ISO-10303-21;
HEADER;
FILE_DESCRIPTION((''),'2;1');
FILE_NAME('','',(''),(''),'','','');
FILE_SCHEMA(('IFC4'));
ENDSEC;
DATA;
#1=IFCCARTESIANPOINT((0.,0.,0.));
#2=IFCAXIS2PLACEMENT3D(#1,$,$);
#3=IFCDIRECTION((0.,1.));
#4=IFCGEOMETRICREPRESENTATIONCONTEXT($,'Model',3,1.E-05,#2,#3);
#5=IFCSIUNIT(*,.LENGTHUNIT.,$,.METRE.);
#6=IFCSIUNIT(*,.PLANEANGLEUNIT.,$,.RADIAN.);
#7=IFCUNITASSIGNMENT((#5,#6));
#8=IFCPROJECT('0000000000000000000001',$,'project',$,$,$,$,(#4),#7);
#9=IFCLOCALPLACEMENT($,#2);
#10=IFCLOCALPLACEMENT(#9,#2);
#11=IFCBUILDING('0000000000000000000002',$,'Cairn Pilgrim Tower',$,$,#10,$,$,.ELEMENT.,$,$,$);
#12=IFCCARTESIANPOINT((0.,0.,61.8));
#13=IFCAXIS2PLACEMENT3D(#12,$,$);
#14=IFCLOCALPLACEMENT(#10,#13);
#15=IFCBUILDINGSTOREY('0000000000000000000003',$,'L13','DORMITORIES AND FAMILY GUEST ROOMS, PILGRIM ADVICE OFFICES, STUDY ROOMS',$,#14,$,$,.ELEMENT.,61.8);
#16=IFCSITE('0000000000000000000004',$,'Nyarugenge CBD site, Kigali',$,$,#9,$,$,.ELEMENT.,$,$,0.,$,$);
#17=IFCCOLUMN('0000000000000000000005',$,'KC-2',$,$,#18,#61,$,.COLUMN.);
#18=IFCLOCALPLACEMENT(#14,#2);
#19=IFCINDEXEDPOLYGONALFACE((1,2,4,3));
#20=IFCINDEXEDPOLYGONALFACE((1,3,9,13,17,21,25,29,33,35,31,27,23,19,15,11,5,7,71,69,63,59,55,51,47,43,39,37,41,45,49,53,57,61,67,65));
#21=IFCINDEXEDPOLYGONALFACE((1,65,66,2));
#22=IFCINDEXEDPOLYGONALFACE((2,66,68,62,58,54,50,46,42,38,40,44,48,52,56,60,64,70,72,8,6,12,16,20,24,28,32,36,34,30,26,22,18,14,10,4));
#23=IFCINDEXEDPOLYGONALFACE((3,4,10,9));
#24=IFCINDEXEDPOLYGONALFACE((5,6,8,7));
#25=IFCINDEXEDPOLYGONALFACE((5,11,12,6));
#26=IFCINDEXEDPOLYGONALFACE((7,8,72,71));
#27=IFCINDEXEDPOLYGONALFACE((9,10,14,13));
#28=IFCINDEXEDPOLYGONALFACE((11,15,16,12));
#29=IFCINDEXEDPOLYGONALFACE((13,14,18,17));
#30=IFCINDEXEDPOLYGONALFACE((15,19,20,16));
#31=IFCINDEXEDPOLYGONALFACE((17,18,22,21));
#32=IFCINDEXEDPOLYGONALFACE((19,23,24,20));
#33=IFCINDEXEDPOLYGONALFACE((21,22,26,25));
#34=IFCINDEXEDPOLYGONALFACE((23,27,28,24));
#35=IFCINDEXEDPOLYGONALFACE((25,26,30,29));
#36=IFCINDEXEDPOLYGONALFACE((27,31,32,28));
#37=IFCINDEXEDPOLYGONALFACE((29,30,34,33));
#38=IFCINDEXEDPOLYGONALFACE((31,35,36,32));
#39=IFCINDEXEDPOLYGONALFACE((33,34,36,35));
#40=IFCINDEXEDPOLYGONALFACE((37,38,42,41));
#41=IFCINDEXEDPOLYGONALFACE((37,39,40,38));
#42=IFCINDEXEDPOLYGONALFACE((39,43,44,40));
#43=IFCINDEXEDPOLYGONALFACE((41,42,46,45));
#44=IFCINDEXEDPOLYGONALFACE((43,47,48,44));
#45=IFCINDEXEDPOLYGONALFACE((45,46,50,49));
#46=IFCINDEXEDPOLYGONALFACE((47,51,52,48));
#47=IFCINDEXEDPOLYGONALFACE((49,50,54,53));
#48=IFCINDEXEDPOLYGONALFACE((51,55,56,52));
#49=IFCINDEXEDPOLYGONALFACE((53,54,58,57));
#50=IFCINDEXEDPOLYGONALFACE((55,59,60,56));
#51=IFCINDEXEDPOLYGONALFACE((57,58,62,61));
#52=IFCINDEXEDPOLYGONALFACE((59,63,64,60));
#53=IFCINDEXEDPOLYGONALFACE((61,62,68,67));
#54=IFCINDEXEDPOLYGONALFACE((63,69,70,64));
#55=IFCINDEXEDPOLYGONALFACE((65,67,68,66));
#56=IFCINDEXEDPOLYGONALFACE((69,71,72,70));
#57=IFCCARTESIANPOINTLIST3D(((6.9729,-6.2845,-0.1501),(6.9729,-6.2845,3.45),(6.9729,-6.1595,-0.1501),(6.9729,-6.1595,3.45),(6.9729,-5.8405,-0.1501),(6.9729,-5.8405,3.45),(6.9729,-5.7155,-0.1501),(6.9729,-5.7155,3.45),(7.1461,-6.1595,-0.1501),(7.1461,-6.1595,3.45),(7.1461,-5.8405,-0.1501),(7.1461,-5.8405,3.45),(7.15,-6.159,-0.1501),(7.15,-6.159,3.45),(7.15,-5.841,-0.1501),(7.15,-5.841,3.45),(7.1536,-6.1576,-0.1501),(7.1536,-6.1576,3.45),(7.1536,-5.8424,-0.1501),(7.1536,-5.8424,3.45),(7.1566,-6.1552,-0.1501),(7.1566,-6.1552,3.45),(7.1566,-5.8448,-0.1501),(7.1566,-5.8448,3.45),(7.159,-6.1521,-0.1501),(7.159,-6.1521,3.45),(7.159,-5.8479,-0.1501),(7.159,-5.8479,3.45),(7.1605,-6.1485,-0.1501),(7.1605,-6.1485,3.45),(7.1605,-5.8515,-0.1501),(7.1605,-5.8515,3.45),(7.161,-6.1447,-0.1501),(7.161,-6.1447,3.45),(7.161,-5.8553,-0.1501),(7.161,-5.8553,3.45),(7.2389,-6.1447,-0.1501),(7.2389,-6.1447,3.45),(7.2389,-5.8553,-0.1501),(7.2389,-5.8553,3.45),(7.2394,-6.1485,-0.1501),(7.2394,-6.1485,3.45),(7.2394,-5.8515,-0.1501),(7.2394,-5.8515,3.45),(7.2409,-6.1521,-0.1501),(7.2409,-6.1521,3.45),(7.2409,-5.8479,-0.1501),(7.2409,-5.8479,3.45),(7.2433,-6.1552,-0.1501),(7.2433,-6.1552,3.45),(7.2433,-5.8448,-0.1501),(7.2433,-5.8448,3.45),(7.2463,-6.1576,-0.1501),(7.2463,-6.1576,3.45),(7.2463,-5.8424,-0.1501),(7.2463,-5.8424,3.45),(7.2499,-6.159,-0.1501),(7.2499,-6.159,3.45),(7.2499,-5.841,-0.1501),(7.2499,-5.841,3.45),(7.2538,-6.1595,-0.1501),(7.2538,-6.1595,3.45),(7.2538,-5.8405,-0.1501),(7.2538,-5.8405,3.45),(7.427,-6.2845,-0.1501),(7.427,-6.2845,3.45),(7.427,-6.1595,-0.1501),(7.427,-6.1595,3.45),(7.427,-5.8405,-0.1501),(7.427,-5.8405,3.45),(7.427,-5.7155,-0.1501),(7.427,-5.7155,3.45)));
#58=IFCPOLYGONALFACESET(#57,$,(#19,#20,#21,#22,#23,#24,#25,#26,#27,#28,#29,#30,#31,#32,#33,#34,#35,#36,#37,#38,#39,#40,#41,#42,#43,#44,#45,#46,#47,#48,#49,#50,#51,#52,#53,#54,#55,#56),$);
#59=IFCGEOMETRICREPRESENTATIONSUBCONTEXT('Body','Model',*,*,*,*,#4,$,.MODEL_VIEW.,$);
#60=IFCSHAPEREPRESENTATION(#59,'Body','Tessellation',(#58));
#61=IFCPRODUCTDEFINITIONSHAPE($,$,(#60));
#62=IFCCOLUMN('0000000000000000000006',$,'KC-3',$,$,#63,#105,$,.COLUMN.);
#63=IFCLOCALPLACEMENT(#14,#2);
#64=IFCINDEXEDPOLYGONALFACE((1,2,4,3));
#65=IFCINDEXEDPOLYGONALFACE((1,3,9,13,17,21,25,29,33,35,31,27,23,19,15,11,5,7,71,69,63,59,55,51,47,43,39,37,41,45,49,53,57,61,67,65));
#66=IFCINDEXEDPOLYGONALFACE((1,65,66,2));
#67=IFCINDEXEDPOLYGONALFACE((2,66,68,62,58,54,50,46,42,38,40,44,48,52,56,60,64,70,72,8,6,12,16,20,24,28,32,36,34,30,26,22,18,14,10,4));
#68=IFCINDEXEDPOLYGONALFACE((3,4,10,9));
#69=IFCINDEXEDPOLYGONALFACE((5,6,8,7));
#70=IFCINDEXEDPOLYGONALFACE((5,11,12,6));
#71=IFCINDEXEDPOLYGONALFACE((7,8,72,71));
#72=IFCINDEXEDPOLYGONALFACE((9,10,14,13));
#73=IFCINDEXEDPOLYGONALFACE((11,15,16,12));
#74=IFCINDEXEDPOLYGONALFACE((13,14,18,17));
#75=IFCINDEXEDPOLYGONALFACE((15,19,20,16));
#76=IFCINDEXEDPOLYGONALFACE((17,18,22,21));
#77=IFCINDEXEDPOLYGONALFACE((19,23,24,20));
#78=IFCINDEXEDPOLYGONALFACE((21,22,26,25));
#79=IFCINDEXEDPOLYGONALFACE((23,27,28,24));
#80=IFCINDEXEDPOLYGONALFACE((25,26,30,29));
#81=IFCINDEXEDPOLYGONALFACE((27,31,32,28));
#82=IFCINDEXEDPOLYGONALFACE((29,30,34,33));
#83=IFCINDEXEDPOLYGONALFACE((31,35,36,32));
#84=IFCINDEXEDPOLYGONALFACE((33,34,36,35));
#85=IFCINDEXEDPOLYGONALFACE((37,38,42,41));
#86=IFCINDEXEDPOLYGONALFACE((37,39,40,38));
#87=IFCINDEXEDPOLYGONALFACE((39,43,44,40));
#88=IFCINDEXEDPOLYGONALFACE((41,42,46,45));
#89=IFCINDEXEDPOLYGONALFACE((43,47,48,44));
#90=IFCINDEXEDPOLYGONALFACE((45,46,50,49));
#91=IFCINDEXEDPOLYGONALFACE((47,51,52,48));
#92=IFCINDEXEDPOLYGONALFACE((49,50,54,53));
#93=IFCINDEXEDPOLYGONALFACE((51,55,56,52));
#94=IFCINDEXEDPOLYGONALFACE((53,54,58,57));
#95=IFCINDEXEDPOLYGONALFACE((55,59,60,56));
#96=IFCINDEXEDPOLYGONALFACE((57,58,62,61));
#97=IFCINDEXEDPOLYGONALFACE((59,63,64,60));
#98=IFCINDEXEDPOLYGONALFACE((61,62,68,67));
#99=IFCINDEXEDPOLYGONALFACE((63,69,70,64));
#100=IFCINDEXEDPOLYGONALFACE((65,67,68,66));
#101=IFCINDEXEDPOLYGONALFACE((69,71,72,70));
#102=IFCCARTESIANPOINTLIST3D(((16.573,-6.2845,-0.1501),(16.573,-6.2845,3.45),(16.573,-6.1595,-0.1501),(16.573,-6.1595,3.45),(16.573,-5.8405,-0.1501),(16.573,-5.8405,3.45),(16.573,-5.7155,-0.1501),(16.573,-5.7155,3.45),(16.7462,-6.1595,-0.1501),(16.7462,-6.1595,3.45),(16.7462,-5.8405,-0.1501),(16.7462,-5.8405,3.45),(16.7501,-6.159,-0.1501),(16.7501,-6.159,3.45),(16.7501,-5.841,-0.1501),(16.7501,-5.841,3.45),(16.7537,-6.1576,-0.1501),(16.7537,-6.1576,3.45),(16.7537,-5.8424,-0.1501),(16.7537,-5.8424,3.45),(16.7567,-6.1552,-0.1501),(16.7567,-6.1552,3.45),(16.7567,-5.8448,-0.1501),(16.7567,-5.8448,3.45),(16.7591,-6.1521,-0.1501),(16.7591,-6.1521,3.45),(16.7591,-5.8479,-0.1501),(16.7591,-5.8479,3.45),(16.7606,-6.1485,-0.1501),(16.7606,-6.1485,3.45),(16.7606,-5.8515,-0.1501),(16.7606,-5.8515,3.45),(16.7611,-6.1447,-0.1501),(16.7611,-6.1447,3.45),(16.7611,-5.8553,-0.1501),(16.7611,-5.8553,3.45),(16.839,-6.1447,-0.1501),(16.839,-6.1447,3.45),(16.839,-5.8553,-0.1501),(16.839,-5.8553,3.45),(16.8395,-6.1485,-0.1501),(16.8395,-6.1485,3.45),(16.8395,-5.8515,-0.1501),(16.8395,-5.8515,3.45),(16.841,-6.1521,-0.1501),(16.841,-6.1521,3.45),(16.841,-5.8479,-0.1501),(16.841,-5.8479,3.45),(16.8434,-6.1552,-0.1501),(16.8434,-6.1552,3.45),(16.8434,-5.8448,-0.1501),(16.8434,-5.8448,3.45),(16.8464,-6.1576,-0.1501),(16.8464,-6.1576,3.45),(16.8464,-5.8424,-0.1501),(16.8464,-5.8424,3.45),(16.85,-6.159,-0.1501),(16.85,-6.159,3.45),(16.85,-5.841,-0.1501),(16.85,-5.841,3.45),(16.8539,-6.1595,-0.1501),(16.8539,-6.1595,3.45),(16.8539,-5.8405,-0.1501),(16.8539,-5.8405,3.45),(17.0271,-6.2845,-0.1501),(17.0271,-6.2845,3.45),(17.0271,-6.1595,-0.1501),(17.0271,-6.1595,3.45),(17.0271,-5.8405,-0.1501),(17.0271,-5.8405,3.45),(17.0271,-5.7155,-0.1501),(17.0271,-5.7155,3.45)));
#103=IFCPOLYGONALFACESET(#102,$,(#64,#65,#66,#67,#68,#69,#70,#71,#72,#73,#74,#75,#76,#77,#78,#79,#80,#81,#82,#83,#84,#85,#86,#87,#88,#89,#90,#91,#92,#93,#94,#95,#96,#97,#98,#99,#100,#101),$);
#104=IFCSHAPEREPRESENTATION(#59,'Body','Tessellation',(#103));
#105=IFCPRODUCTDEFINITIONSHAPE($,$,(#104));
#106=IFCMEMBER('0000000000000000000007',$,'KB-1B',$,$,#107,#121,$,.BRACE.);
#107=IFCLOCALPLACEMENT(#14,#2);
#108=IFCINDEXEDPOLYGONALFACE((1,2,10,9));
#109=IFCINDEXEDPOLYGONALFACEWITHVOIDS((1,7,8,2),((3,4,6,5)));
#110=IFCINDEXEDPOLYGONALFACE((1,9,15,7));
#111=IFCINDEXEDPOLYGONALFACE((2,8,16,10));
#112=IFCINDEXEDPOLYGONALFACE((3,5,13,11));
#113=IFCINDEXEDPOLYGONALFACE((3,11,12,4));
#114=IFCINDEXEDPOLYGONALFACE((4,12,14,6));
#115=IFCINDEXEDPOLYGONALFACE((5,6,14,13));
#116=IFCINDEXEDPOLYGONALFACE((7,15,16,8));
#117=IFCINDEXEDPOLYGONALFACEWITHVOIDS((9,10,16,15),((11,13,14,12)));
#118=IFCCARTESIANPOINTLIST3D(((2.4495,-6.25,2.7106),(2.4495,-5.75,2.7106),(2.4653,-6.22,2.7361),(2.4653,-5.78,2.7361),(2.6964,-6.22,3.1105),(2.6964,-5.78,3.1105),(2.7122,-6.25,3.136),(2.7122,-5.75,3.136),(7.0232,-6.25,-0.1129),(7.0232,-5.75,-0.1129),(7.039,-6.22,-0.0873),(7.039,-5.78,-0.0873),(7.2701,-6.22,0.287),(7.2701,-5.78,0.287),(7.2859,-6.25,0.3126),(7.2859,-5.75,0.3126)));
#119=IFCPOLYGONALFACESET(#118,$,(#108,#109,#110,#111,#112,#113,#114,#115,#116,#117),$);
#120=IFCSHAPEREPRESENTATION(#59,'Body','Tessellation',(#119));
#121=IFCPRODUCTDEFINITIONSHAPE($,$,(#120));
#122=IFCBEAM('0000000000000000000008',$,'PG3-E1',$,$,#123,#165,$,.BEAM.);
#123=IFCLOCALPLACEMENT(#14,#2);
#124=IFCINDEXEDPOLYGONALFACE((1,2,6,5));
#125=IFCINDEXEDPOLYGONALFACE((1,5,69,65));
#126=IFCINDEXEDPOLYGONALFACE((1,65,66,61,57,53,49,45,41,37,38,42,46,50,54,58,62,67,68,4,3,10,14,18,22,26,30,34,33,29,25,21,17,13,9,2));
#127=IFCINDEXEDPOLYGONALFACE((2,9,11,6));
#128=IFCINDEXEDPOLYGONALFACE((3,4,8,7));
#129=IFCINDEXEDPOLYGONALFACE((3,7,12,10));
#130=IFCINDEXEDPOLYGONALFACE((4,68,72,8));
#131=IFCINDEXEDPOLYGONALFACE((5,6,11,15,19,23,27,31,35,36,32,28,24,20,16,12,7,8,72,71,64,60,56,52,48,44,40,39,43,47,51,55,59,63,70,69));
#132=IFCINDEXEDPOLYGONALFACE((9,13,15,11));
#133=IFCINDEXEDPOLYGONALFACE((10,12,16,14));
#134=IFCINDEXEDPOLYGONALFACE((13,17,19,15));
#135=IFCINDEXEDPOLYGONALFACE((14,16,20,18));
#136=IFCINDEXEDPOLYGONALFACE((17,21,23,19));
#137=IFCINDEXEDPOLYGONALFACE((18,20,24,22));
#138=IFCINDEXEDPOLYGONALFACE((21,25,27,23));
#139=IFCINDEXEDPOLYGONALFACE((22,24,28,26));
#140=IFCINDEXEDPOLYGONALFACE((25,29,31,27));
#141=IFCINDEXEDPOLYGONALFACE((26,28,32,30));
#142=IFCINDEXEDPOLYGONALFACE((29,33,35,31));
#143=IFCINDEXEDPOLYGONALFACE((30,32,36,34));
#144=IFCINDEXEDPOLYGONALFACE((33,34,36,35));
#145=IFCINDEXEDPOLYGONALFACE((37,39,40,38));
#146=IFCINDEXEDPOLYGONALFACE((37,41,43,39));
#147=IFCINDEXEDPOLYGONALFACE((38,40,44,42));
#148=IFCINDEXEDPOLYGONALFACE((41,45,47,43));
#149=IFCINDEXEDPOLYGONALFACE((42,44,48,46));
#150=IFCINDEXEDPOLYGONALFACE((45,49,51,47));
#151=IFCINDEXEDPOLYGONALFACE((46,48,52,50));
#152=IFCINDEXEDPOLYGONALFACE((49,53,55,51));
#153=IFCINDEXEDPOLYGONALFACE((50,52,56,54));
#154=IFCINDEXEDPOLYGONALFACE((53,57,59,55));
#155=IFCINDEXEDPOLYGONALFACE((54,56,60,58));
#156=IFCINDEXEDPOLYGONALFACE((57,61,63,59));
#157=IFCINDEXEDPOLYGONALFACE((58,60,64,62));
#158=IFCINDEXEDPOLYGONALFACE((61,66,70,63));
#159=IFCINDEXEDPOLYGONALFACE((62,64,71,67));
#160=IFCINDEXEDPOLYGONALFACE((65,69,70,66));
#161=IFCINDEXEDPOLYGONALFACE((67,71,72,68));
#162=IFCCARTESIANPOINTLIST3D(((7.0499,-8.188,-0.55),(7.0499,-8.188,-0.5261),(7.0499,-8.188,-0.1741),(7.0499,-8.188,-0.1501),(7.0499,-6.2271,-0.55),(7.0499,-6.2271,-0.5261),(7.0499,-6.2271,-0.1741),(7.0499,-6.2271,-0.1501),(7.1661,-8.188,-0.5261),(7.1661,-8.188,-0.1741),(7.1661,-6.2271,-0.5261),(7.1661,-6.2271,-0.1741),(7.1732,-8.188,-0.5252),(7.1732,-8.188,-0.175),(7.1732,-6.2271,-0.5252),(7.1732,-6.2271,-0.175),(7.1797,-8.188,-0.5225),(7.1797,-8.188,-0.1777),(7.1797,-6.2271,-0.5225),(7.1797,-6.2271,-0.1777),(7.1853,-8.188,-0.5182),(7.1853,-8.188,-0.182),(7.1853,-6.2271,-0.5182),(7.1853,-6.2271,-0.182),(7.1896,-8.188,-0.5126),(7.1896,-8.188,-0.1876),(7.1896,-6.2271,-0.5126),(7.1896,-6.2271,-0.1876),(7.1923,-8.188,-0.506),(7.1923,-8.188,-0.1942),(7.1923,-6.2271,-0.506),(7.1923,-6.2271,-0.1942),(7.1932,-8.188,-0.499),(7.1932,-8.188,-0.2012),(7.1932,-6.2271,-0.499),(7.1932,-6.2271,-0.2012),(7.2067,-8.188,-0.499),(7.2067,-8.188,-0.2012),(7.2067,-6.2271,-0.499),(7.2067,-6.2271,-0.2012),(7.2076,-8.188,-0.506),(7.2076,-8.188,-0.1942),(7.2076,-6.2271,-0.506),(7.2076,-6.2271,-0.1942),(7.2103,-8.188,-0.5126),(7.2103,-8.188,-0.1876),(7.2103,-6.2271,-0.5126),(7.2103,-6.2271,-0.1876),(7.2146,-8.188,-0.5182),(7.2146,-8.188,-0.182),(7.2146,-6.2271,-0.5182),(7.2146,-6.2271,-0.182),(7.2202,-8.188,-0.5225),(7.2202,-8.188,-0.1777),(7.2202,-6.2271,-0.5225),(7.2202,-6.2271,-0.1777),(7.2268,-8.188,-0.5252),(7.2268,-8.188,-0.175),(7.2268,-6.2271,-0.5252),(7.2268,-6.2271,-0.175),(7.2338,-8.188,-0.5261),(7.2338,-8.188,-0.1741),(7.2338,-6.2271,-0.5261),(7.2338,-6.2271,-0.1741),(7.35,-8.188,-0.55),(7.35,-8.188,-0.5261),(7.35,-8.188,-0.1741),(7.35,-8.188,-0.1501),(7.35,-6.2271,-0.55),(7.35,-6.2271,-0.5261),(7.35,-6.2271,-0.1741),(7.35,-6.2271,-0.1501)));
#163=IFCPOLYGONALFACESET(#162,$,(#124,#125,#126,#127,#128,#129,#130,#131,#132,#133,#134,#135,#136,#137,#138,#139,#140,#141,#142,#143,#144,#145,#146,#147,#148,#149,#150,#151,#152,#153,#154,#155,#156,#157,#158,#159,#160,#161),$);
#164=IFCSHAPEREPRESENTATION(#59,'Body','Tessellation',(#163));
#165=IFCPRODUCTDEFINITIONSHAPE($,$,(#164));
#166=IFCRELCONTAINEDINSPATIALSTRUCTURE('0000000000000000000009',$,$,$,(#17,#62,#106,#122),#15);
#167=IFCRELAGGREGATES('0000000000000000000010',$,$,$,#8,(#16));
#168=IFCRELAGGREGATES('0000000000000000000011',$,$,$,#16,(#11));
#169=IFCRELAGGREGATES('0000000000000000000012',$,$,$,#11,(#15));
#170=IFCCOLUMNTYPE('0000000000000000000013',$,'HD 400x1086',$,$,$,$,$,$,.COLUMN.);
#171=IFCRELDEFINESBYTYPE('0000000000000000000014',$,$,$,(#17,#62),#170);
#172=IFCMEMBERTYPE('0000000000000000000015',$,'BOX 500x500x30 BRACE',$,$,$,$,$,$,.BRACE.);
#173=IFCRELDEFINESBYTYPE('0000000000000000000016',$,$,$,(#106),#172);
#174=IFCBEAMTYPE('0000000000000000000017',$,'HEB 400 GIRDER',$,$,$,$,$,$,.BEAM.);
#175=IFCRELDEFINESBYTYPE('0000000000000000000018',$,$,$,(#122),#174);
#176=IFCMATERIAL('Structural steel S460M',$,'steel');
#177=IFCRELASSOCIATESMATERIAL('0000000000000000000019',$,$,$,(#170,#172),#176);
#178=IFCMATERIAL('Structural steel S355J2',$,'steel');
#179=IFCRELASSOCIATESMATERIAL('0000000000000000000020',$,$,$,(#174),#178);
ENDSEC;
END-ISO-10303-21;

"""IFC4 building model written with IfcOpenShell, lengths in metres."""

from ifc_helpers import new_model, si_unit, direction, frame, origin, origin_2d, place, context, subcontext, project, spatial, hollow_rectangle, i_section, extrude, material, material_profile, profile_set, type_object, element, save


model = new_model("IFC4")

# Units and contexts
model_context = context("Model", 3, precision=1e-05, world=origin(), true_north=direction((0.0, 1.0)))
body_context = subcontext(model_context, "Body", "Model", "MODEL_VIEW")
ifc_project = project(units=[si_unit("LENGTHUNIT", "METRE"), si_unit("PLANEANGLEUNIT", "RADIAN")], contexts=[model_context])

# Site, building, storey
site_placement = place(None, origin())
site = spatial("IfcSite", under=ifc_project, at=site_placement, Name="Nyarugenge CBD site, Kigali", CompositionType="ELEMENT", RefElevation=0.0)
building_placement = place(site_placement, origin())
building = spatial("IfcBuilding", under=site, at=building_placement, Name="Cairn Pilgrim Tower", CompositionType="ELEMENT")
storey_placement = place(building_placement, frame((0.0, 0.0, 61.8)))
storey = spatial("IfcBuildingStorey", under=building, at=storey_placement, Name="L13", Description="DORMITORIES AND FAMILY GUEST ROOMS, PILGRIM ADVICE OFFICES, STUDY ROOMS", CompositionType="ELEMENT", Elevation=61.8)

# Columns
ifc_material_1 = material(Name="Structural steel S460M", Category="steel")
ifc_material_profile_1 = material_profile(ifc_material_1, i_section(OverallWidth=0.4541, OverallDepth=0.5691, WebThickness=0.0779, FlangeThickness=0.125, FilletRadius=0.0149, at=origin_2d()), Name="HD 400x1086")
ifc_profile_set_1 = profile_set([ifc_material_profile_1], Name="Structural steel S460M")
column_type = type_object("IfcColumnType", Name="HD 400x1086", PredefinedType="COLUMN", material=ifc_profile_set_1)
for number, where, z_axis, x_axis, name in (
    (1, (7.2, -6.0, -0.1501), (0.0, 0.0, 1.0), (1.0, 0.0, 0.0), "KC-2"),
    (2, (16.8, -6.0, -0.1501), (0.0, 0.0, 1.0), (1.0, 0.0, 0.0), "KC-3"),
):
    element("IfcColumn", number, at=place(storey_placement, frame(where, z_axis=z_axis, x_axis=x_axis)), inside=storey, type_object=column_type, Name=name, PredefinedType="COLUMN", context=body_context, shape_type="SweptSolid", body=[
        extrude(i_section(OverallWidth=0.4541, OverallDepth=0.5691, WebThickness=0.0779, FlangeThickness=0.125, FilletRadius=0.0149, at=origin_2d()), origin(), (0.0, 0.0, 1.0), 3.6001),
    ])

# Member
ifc_material_profile_2 = material_profile(ifc_material_1, hollow_rectangle(XDim=0.5, YDim=0.5, WallThickness=0.03, at=origin_2d()), Name="BOX 500x500x30")
ifc_profile_set_2 = profile_set([ifc_material_profile_2], Name="Structural steel S460M")
member_type = type_object("IfcMemberType", Name="BOX 500x500x30 BRACE", PredefinedType="BRACE", material=ifc_profile_set_2)
member_placement = place(storey_placement, frame((7.1545, -6.0, 0.0999), z_axis=(-0.85092, 0.0, 0.525296), x_axis=(0.0, -1.0, 0.0)))
element("IfcMember", 3, at=member_placement, inside=storey, type_object=member_type, Name="KB-1B", PredefinedType="BRACE", context=body_context, shape_type="SweptSolid", body=[
    extrude(hollow_rectangle(XDim=0.5, YDim=0.5, WallThickness=0.03, at=origin_2d()), origin(), (0.0, 0.0, 1.0), 5.375),
])

# Beam
ifc_material_2 = material(Name="Structural steel S355J2", Category="steel")
ifc_material_profile_3 = material_profile(ifc_material_2, i_section(OverallWidth=0.3, OverallDepth=0.3999, WebThickness=0.0134, FlangeThickness=0.0239, FilletRadius=0.0271, at=origin_2d()), Name="HEB 400")
ifc_profile_set_3 = profile_set([ifc_material_profile_3], Name="Structural steel S355J2")
beam_type_1 = type_object("IfcBeamType", Name="HEB 400 GIRDER", PredefinedType="BEAM", material=ifc_profile_set_3)
beam_1_placement = place(storey_placement, frame((7.2, -8.188, -0.3501), z_axis=(0.0, 1.0, 0.0), x_axis=(-1.0, 0.0, 0.0)))
element("IfcBeam", 4, at=beam_1_placement, inside=storey, type_object=beam_type_1, Name="PG3-E1", PredefinedType="BEAM", context=body_context, shape_type="SweptSolid", body=[
    extrude(i_section(OverallWidth=0.3, OverallDepth=0.3999, WebThickness=0.0134, FlangeThickness=0.0239, FilletRadius=0.0271, at=origin_2d()), origin(), (0.0, 0.0, 1.0), 1.9609),
])

save(model, "model.ifc")
